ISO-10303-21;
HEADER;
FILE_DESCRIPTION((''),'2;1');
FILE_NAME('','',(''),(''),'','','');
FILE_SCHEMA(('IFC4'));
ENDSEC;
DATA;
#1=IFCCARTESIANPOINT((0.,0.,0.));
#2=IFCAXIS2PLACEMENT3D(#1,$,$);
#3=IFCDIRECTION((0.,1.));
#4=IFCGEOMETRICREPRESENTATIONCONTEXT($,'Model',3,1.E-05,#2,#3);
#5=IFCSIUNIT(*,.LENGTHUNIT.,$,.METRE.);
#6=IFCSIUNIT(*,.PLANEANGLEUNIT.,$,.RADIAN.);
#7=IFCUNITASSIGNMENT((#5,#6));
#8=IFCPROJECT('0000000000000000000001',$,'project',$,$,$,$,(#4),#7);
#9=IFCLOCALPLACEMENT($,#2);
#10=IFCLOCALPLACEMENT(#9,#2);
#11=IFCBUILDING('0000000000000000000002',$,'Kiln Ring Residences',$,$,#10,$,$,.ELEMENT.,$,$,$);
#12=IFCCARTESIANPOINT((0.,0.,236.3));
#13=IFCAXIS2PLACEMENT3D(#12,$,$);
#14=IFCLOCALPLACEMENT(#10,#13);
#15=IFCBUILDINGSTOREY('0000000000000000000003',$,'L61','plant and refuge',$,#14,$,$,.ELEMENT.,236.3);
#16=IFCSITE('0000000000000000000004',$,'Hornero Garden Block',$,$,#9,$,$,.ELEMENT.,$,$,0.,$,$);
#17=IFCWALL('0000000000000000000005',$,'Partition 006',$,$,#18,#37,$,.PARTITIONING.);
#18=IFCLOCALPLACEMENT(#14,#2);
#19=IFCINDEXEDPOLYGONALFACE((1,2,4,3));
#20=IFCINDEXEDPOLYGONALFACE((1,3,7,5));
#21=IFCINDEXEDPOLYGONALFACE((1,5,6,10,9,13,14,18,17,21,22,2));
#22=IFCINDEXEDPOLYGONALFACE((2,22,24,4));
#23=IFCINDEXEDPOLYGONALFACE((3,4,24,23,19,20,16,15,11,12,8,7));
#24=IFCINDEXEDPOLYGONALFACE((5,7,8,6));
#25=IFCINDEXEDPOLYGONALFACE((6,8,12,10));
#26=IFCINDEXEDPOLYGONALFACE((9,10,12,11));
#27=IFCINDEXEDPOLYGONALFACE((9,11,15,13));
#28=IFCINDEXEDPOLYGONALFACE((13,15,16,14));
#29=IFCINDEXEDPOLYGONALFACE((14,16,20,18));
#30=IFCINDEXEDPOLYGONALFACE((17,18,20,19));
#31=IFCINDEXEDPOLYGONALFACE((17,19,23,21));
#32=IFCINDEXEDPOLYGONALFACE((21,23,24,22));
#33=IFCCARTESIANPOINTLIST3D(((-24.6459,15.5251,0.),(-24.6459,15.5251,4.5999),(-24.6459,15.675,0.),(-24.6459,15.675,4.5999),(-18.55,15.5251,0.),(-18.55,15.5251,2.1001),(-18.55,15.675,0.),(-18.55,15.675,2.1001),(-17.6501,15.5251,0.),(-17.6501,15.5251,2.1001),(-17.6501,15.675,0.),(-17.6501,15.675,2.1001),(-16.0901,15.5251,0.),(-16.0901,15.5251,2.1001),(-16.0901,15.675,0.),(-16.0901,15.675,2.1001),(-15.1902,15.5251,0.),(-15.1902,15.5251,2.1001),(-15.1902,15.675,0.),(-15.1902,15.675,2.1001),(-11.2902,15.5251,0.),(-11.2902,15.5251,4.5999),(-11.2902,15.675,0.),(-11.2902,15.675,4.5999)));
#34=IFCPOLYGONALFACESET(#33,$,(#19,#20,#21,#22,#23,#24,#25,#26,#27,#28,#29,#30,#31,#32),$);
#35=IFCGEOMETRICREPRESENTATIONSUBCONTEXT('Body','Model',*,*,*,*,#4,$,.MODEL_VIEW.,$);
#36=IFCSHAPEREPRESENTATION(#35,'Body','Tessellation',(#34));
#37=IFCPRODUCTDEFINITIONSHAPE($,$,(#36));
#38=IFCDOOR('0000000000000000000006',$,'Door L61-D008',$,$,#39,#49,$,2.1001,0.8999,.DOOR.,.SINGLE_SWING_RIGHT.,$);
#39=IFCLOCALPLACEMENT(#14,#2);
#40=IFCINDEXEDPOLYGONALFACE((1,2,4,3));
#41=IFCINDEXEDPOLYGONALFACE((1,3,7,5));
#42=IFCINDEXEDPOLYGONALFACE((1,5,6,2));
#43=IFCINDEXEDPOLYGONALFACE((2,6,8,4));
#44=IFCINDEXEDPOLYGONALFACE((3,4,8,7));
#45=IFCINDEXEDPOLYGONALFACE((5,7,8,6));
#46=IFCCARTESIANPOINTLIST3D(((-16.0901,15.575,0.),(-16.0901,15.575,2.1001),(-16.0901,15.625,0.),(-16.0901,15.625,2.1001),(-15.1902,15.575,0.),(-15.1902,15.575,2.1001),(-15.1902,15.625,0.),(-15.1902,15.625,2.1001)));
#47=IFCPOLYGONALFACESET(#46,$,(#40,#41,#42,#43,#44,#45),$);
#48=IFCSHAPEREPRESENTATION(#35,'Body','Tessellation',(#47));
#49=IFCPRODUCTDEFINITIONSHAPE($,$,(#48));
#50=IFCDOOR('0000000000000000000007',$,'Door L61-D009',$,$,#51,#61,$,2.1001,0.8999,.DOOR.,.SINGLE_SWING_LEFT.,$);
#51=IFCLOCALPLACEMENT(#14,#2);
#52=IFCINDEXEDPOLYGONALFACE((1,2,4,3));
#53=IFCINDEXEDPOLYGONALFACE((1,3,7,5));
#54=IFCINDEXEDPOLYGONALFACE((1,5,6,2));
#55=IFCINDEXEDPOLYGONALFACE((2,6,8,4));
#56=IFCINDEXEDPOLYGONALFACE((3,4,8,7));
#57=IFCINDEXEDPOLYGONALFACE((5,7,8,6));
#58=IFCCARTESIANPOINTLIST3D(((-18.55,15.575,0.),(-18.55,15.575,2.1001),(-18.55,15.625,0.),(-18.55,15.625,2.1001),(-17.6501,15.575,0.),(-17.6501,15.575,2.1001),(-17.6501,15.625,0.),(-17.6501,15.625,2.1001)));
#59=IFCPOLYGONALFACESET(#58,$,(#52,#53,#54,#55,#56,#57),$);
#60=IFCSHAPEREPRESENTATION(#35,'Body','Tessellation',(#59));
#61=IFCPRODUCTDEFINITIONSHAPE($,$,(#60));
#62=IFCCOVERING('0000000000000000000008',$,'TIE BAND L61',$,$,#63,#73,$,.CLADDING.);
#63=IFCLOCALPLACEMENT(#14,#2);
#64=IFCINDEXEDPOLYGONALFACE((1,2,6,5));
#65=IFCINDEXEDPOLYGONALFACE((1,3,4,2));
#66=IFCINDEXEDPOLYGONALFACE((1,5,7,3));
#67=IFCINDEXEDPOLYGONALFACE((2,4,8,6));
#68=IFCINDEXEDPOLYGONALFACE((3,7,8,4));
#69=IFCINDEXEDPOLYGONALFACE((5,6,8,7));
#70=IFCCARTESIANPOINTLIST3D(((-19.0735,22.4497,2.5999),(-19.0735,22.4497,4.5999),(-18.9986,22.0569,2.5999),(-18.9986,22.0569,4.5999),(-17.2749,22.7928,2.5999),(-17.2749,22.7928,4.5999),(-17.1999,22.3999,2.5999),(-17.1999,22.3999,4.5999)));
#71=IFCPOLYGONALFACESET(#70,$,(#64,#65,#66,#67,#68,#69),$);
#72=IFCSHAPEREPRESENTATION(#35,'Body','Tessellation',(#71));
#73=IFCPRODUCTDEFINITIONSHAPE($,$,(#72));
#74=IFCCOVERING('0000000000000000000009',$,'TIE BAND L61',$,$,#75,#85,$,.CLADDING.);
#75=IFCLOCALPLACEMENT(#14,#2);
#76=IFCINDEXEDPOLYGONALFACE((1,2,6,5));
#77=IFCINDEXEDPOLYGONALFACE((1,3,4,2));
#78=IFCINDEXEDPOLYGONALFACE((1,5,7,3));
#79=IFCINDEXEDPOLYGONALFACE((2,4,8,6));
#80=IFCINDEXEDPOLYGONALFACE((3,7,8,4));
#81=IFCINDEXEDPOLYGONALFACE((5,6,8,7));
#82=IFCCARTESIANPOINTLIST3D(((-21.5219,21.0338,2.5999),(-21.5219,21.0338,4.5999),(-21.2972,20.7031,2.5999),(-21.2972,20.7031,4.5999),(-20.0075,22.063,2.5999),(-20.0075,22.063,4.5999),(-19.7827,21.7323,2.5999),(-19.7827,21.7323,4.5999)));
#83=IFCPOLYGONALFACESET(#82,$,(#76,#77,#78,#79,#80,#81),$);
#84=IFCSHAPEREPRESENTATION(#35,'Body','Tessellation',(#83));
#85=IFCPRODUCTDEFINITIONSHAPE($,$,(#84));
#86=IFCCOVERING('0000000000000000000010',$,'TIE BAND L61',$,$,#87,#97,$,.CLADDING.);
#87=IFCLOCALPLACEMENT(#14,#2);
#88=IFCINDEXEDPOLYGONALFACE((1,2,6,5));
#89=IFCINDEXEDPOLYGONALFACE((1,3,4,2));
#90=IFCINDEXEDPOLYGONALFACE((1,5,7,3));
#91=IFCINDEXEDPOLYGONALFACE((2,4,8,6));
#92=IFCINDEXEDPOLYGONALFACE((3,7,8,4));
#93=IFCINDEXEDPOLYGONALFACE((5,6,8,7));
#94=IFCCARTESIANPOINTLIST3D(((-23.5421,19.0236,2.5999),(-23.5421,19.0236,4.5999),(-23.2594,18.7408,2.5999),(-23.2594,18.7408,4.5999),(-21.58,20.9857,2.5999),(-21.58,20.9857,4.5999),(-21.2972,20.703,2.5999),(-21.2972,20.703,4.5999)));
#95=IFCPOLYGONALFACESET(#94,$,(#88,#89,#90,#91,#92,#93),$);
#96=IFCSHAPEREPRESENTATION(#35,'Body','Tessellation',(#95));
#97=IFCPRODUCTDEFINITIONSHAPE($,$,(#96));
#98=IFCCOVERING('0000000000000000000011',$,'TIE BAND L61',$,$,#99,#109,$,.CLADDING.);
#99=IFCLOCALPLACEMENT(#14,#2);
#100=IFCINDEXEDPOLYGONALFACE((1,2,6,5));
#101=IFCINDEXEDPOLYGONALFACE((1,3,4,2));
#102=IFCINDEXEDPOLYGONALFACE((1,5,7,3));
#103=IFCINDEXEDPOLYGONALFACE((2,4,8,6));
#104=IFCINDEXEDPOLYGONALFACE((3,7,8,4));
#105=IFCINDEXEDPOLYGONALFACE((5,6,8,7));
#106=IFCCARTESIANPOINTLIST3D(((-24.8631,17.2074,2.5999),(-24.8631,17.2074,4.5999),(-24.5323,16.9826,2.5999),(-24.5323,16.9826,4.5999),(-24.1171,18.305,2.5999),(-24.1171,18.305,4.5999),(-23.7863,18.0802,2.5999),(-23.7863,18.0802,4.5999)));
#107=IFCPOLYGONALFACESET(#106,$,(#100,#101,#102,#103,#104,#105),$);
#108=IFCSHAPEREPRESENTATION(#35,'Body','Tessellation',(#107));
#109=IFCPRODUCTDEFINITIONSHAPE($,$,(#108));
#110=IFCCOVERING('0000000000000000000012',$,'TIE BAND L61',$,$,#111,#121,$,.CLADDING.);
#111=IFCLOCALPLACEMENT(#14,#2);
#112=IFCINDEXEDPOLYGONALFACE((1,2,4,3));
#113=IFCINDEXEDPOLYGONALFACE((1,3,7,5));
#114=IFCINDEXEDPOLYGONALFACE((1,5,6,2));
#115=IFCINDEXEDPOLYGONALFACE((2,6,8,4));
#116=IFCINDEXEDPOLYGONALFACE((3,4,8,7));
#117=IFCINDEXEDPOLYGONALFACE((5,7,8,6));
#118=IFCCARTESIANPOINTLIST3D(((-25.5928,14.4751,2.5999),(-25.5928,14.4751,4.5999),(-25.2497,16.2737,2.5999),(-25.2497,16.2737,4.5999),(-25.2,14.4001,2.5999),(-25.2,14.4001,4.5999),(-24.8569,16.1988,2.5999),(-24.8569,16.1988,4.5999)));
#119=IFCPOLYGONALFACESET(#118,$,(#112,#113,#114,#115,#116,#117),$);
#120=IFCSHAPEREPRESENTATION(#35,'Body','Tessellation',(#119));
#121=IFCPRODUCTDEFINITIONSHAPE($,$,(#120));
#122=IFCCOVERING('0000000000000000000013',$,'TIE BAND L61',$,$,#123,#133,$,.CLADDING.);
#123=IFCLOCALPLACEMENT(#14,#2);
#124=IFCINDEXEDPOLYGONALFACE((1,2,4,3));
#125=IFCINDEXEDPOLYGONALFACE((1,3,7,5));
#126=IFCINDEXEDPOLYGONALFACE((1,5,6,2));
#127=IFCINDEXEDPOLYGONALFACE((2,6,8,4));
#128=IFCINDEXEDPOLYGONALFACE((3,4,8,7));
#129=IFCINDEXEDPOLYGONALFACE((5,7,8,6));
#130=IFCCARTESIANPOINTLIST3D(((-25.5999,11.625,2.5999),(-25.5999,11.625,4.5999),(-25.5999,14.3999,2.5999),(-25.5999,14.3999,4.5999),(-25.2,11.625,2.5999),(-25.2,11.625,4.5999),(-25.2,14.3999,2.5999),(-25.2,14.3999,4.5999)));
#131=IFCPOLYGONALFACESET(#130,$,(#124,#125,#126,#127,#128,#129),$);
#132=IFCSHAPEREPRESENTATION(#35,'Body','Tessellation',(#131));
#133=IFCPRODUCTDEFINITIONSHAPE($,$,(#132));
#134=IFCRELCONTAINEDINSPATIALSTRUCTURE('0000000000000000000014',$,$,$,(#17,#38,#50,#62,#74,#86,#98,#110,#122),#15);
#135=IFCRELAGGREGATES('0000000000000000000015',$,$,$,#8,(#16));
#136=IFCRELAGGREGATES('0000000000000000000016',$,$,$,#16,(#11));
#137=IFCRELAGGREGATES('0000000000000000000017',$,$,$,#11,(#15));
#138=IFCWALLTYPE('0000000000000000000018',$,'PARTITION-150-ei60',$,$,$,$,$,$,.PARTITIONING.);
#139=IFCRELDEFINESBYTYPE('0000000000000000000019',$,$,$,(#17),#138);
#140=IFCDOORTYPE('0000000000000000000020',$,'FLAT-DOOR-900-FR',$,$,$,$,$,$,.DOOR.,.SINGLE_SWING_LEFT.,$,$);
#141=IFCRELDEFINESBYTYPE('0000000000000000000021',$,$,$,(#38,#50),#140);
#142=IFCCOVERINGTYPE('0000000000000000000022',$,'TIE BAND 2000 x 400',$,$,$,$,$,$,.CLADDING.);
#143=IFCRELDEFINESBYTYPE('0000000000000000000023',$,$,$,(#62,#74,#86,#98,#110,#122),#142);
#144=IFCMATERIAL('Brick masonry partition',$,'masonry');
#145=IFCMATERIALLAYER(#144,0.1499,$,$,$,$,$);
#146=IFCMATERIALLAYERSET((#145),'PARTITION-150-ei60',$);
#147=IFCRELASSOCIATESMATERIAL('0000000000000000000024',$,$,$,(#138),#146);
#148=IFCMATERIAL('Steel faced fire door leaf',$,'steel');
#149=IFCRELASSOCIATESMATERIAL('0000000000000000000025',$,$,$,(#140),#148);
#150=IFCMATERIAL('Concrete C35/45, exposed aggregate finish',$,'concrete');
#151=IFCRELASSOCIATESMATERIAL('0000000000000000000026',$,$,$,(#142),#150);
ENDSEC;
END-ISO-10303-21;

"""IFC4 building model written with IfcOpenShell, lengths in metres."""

from ifc_helpers import new_model, si_unit, direction, frame, frame_2d, origin, origin_2d, place, context, subcontext, project, spatial, rectangle, extrude, material, layer, layer_set, type_object, element, fill, save


model = new_model("IFC4")

# Units and contexts
model_context = context("Model", 3, precision=1e-05, world=origin(), true_north=direction((0.0, 1.0)))
body_context = subcontext(model_context, "Body", "Model", "MODEL_VIEW")
ifc_project = project(units=[si_unit("LENGTHUNIT", "METRE"), si_unit("PLANEANGLEUNIT", "RADIAN")], contexts=[model_context])

# Site, building, storey
site_placement = place(None, origin())
site = spatial("IfcSite", under=ifc_project, at=site_placement, Name="Hornero Garden Block", CompositionType="ELEMENT", RefElevation=0.0)
building_placement = place(site_placement, origin())
building = spatial("IfcBuilding", under=site, at=building_placement, Name="Kiln Ring Residences", CompositionType="ELEMENT")
storey_placement = place(building_placement, frame((0.0, 0.0, 236.3)))
storey = spatial("IfcBuildingStorey", under=building, at=storey_placement, Name="L61", Description="plant and refuge", CompositionType="ELEMENT", Elevation=236.3)

# Wall, openings, doors
ifc_material_1 = material(Name="Brick masonry partition", Category="masonry")
ifc_layer_1 = layer(ifc_material_1, 0.1499)
ifc_layer_set_1 = layer_set([ifc_layer_1], Name="PARTITION-150-ei60")
wall_type_1 = type_object("IfcWallType", Name="PARTITION-150-ei60", PredefinedType="PARTITIONING", material=ifc_layer_set_1)
wall_1_placement = place(storey_placement, frame((-24.6458, 15.6001, 0.0), z_axis=(0.0, 0.0, 1.0), x_axis=(1.0, 0.0, 0.0)))
wall_1 = element("IfcWall", 1, at=wall_1_placement, inside=storey, type_object=wall_type_1, Name="Partition 006", PredefinedType="PARTITIONING", context=body_context, shape_type="SweptSolid", body=[
    extrude(rectangle(XDim=13.3557, YDim=0.1499, at=frame_2d((6.6777, 0.0))), origin(), (0.0, 0.0, 1.0), 4.5999),
])
opening_1_placement = place(wall_1_placement, frame((8.5557, 0.0, 0.0)))
opening_1 = element("IfcOpeningElement", 2, at=opening_1_placement, cuts=wall_1, PredefinedType="OPENING", context=body_context, shape_type="SweptSolid", body=[
    extrude(rectangle(XDim=0.8999, YDim=2.1001, at=frame_2d((0.45, 1.05))), frame((0.0, 0.085, 0.0), z_axis=(0.0, -1.0, 0.0), x_axis=(1.0, 0.0, 0.0)), (0.0, 0.0, 1.0), 0.1699),
])
opening_2_placement = place(wall_1_placement, frame((6.0957, 0.0, 0.0)))
opening_2 = element("IfcOpeningElement", 3, at=opening_2_placement, cuts=wall_1, PredefinedType="OPENING", context=body_context, shape_type="SweptSolid", body=[
    extrude(rectangle(XDim=0.8999, YDim=2.1001, at=frame_2d((0.45, 1.05))), frame((0.0, 0.085, 0.0), z_axis=(0.0, -1.0, 0.0), x_axis=(1.0, 0.0, 0.0)), (0.0, 0.0, 1.0), 0.1699),
])
ifc_material_2 = material(Name="Steel faced fire door leaf", Category="steel")
door_type = type_object("IfcDoorType", Name="FLAT-DOOR-900-FR", OperationType="SINGLE_SWING_LEFT", PredefinedType="DOOR", material=ifc_material_2)
door_1_placement = place(opening_1_placement, origin())
door_1 = element("IfcDoor", 4, at=door_1_placement, inside=storey, type_object=door_type, Name="Door L61-D008", OperationType="SINGLE_SWING_RIGHT", OverallHeight=2.1001, OverallWidth=0.8999, PredefinedType="DOOR", context=body_context, shape_type="SweptSolid", body=[
    extrude(rectangle(XDim=0.8999, YDim=2.1001, at=frame_2d((0.45, 1.05))), frame((0.0, 0.0249, 0.0), z_axis=(0.0, -1.0, 0.0), x_axis=(1.0, 0.0, 0.0)), (0.0, 0.0, 1.0), 0.05),
])
fill(opening_1, door_1)
door_2_placement = place(opening_2_placement, origin())
door_2 = element("IfcDoor", 5, at=door_2_placement, inside=storey, type_object=door_type, Name="Door L61-D009", OperationType="SINGLE_SWING_LEFT", OverallHeight=2.1001, OverallWidth=0.8999, PredefinedType="DOOR", context=body_context, shape_type="SweptSolid", body=[
    extrude(rectangle(XDim=0.8999, YDim=2.1001, at=frame_2d((0.45, 1.05))), frame((0.0, 0.0249, 0.0), z_axis=(0.0, -1.0, 0.0), x_axis=(1.0, 0.0, 0.0)), (0.0, 0.0, 1.0), 0.05),
])
fill(opening_2, door_2)

# Coverings
ifc_material_3 = material(Name="Concrete C35/45, exposed aggregate finish", Category="concrete")
covering_type = type_object("IfcCoveringType", Name="TIE BAND 2000 x 400", PredefinedType="CLADDING", material=ifc_material_3)
for number, where, z_axis, x_axis, name in (
    (6, (-18.1367, 22.4248, 2.5999), (0.0, 0.0, 1.0), (-0.98229, -0.187366, 0.0), "TIE BAND L61"),
    (7, (-20.6523, 21.3831, 2.5999), (0.0, 0.0, 1.0), (-0.827072, -0.562097, 0.0), "TIE BAND L61"),
):
    element("IfcCovering", number, at=place(storey_placement, frame(where, z_axis=z_axis, x_axis=x_axis)), inside=storey, type_object=covering_type, Name=name, PredefinedType="CLADDING", context=body_context, shape_type="SweptSolid", body=[
        extrude(rectangle(XDim=1.8311, YDim=0.3999, at=origin_2d()), origin(), (0.0, 0.0, 1.0), 2.0),
    ])
covering_1_placement = place(storey_placement, frame((-22.4197, 19.8633, 2.5999), z_axis=(0.0, 0.0, 1.0), x_axis=(-0.707107, -0.707107, 0.0)))
element("IfcCovering", 8, at=covering_1_placement, inside=storey, type_object=covering_type, Name="TIE BAND L61", PredefinedType="CLADDING", context=body_context, shape_type="SweptSolid", body=[
    extrude(rectangle(XDim=2.7749, YDim=0.3999, at=origin_2d()), origin(), (0.0, 0.0, 1.0), 2.0),
])
covering_2_placement = place(storey_placement, frame((-24.3247, 17.6438, 2.5999), z_axis=(0.0, 0.0, 1.0), x_axis=(-0.562097, -0.827072, 0.0)))
element("IfcCovering", 9, at=covering_2_placement, inside=storey, type_object=covering_type, Name="TIE BAND L61", PredefinedType="CLADDING", context=body_context, shape_type="SweptSolid", body=[
    extrude(rectangle(XDim=1.3271, YDim=0.3999, at=origin_2d()), origin(), (0.0, 0.0, 1.0), 2.0),
])
covering_3_placement = place(storey_placement, frame((-25.2249, 15.3369, 2.5999), z_axis=(0.0, 0.0, 1.0), x_axis=(-0.187366, -0.98229, 0.0)))
element("IfcCovering", 10, at=covering_3_placement, inside=storey, type_object=covering_type, Name="TIE BAND L61", PredefinedType="CLADDING", context=body_context, shape_type="SweptSolid", body=[
    extrude(rectangle(XDim=1.8311, YDim=0.3999, at=origin_2d()), origin(), (0.0, 0.0, 1.0), 2.0),
])
covering_4_placement = place(storey_placement, frame((-25.3999, 13.0125, 2.5999), z_axis=(0.0, 0.0, 1.0), x_axis=(0.0, -1.0, 0.0)))
element("IfcCovering", 11, at=covering_4_placement, inside=storey, type_object=covering_type, Name="TIE BAND L61", PredefinedType="CLADDING", context=body_context, shape_type="SweptSolid", body=[
    extrude(rectangle(XDim=2.7749, YDim=0.3999, at=origin_2d()), origin(), (0.0, 0.0, 1.0), 2.0),
])

save(model, "model.ifc")
